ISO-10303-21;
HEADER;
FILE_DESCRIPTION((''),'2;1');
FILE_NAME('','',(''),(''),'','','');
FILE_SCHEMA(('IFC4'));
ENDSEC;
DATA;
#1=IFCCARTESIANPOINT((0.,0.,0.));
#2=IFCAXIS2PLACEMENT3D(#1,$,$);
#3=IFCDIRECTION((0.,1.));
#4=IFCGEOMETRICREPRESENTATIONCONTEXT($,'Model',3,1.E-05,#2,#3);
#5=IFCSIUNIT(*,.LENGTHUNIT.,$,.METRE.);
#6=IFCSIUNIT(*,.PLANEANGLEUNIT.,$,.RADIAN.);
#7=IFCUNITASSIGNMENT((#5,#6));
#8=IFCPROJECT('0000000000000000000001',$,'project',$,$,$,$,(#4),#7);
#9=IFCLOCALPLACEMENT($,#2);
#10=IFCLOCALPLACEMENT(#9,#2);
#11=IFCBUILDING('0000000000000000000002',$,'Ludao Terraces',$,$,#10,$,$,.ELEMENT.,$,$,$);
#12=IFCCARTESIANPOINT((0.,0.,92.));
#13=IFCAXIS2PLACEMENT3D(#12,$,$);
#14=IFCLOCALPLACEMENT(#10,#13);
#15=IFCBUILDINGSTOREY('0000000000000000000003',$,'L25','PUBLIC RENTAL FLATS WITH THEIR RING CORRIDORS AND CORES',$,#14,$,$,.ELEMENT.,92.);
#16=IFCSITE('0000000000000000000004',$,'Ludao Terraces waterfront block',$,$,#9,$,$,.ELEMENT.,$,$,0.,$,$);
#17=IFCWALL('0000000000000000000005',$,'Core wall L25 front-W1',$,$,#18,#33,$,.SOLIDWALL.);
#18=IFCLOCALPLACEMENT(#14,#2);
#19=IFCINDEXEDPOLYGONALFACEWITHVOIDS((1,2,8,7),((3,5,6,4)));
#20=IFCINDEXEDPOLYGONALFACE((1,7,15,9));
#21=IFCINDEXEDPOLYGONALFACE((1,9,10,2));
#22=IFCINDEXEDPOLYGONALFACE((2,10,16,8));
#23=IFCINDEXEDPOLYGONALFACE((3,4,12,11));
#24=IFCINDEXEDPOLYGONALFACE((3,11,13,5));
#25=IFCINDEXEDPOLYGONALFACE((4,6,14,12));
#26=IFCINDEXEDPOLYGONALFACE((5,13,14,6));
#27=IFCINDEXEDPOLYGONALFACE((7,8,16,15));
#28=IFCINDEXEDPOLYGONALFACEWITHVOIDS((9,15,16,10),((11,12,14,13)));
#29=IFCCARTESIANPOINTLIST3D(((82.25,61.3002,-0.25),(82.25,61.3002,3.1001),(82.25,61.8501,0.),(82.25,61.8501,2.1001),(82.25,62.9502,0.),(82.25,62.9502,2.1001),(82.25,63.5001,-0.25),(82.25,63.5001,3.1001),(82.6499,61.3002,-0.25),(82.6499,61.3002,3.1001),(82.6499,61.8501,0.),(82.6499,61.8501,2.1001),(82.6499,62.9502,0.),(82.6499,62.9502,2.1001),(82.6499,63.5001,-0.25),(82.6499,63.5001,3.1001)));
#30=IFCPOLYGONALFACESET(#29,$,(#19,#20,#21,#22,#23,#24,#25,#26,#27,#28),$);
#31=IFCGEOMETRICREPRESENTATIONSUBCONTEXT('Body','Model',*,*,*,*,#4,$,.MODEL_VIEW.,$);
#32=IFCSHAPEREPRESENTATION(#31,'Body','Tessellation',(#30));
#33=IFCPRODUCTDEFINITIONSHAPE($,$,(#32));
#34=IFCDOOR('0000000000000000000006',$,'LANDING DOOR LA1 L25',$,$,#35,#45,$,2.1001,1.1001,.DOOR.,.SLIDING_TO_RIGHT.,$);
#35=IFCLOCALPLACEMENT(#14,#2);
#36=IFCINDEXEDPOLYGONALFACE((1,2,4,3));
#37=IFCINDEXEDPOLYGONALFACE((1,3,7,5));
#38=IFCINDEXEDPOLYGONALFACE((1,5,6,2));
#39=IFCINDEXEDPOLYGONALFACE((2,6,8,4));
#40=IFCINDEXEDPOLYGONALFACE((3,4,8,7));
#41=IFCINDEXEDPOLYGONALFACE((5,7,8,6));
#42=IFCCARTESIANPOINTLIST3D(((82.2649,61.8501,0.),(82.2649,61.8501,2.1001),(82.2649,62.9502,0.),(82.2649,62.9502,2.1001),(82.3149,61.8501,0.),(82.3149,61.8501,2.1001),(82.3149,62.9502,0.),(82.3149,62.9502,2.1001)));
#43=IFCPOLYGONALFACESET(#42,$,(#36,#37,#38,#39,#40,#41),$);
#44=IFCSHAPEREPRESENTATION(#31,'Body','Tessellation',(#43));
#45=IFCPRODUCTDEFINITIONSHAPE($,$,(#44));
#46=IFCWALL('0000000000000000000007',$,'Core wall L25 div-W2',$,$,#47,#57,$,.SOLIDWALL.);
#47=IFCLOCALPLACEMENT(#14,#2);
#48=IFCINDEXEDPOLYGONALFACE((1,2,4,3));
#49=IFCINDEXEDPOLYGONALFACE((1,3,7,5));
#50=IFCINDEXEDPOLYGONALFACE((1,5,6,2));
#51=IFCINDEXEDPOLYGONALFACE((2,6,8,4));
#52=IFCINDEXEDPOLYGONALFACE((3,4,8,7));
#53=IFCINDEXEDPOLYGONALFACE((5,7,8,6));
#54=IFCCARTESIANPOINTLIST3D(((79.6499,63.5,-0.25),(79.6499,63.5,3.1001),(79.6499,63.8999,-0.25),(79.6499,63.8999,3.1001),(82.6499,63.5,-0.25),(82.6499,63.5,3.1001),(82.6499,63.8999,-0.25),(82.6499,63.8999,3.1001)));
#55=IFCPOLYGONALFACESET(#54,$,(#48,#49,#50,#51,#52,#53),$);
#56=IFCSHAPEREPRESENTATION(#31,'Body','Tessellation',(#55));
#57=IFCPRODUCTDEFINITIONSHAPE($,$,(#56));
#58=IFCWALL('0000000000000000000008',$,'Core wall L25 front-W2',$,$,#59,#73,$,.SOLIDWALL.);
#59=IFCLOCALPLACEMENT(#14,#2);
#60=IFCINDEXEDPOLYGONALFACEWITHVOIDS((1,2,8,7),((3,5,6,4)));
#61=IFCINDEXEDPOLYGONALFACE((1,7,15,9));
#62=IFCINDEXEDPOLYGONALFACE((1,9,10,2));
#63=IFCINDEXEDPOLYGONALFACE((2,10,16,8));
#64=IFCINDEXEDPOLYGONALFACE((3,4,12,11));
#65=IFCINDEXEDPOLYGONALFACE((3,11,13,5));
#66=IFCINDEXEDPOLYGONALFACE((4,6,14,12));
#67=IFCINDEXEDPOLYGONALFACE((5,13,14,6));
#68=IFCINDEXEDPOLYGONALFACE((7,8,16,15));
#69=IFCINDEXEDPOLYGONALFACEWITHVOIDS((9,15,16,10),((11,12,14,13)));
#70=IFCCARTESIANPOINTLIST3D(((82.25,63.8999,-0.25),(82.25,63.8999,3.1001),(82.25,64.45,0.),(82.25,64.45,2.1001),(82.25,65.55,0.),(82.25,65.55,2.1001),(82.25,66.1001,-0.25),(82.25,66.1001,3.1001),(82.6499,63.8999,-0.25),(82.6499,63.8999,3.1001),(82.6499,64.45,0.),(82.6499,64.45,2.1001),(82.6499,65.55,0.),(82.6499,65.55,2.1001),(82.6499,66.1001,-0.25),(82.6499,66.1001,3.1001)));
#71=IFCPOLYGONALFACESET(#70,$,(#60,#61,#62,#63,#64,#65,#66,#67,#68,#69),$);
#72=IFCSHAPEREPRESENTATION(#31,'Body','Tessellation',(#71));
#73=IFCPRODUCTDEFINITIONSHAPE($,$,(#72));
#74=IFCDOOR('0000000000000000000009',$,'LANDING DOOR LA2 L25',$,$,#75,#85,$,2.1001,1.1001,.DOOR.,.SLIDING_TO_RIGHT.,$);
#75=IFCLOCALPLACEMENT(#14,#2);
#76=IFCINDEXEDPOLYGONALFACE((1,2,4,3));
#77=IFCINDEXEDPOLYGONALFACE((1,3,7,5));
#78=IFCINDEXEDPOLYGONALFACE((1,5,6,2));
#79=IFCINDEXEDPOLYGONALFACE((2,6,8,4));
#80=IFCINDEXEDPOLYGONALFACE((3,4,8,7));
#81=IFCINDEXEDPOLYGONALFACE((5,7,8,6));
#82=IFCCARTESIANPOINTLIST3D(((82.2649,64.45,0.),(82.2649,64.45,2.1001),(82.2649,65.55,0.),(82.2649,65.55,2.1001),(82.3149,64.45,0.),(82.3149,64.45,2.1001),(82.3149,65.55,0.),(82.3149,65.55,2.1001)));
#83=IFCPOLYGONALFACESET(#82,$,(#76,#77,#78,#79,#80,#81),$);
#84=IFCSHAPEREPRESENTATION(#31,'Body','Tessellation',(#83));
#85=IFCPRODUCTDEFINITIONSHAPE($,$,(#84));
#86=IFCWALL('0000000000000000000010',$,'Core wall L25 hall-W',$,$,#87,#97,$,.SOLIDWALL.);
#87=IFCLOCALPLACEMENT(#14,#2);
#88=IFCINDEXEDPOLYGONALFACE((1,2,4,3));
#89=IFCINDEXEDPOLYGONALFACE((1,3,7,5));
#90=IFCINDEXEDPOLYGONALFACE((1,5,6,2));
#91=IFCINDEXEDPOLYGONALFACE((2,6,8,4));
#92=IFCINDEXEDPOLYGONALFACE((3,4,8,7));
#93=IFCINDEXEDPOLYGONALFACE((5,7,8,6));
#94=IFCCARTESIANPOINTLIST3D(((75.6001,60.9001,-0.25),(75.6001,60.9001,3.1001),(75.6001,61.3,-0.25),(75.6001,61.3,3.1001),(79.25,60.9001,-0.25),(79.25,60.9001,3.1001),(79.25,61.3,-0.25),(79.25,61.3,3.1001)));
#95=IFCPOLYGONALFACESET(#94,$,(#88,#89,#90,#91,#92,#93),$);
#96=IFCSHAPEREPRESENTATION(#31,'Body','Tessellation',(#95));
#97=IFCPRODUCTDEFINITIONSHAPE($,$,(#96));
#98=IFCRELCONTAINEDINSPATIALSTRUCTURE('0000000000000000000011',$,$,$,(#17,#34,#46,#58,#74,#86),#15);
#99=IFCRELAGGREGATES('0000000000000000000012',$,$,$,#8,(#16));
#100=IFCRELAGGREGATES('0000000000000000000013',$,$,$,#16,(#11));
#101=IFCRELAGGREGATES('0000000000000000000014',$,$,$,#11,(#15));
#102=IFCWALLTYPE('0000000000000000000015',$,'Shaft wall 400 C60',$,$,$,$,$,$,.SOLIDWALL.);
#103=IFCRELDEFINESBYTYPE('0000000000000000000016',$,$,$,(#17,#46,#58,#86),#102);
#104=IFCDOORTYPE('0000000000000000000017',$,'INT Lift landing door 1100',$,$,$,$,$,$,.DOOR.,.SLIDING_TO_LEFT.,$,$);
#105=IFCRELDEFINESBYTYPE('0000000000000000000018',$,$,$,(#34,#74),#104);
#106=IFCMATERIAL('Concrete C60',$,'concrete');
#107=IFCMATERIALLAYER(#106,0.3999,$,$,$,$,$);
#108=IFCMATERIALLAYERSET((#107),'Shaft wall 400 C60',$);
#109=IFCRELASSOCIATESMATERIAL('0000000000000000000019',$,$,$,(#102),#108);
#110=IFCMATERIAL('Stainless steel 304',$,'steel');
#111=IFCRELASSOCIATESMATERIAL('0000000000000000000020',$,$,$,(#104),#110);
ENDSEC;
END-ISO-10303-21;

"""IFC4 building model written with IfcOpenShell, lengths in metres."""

from ifc_helpers import new_model, si_unit, direction, frame, frame_2d, origin, place, context, subcontext, project, spatial, rectangle, extrude, material, layer, layer_set, type_object, element, fill, save


model = new_model("IFC4")

# Units and contexts
model_context = context("Model", 3, precision=1e-05, world=origin(), true_north=direction((0.0, 1.0)))
body_context = subcontext(model_context, "Body", "Model", "MODEL_VIEW")
ifc_project = project(units=[si_unit("LENGTHUNIT", "METRE"), si_unit("PLANEANGLEUNIT", "RADIAN")], contexts=[model_context])

# Site, building, storey
site_placement = place(None, origin())
site = spatial("IfcSite", under=ifc_project, at=site_placement, Name="Ludao Terraces waterfront block", CompositionType="ELEMENT", RefElevation=0.0)
building_placement = place(site_placement, origin())
building = spatial("IfcBuilding", under=site, at=building_placement, Name="Ludao Terraces", CompositionType="ELEMENT")
storey_placement = place(building_placement, frame((0.0, 0.0, 92.0)))
storey = spatial("IfcBuildingStorey", under=building, at=storey_placement, Name="L25", Description="PUBLIC RENTAL FLATS WITH THEIR RING CORRIDORS AND CORES", CompositionType="ELEMENT", Elevation=92.0)

# Shared definitions
ifc_material_1 = material(Name="Concrete C60", Category="concrete")
ifc_layer_1 = layer(ifc_material_1, 0.3999)
ifc_layer_set_1 = layer_set([ifc_layer_1], Name="Shaft wall 400 C60")
wall_type_1 = type_object("IfcWallType", Name="Shaft wall 400 C60", PredefinedType="SOLIDWALL", material=ifc_layer_set_1)

# Wall, opening, door
wall_1_placement = place(storey_placement, frame((82.45, 61.3, -0.25), z_axis=(0.0, 0.0, 1.0), x_axis=(0.0, 1.0, 0.0)))
wall_1 = element("IfcWall", 1, at=wall_1_placement, inside=storey, type_object=wall_type_1, Name="Core wall L25 front-W1", PredefinedType="SOLIDWALL", context=body_context, shape_type="SweptSolid", body=[
    extrude(rectangle(XDim=2.2, YDim=0.3999, at=frame_2d((1.1001, 0.0))), origin(), (0.0, 0.0, 1.0), 3.3501),
])
opening_1_placement = place(wall_1_placement, frame((0.55, 0.0, 0.25)))
opening_1 = element("IfcOpeningElement", 2, at=opening_1_placement, cuts=wall_1, PredefinedType="OPENING", context=body_context, shape_type="SweptSolid", body=[
    extrude(rectangle(XDim=1.1001, YDim=2.1001, at=frame_2d((0.55, 1.05))), frame((0.0, 0.21, 0.0), z_axis=(0.0, -1.0, 0.0), x_axis=(1.0, 0.0, 0.0)), (0.0, 0.0, 1.0), 0.4199),
])
ifc_material_2 = material(Name="Stainless steel 304", Category="steel")
door_type_1 = type_object("IfcDoorType", Name="INT Lift landing door 1100", OperationType="SLIDING_TO_LEFT", PredefinedType="DOOR", material=ifc_material_2)
door_1_placement = place(opening_1_placement, origin())
door_1 = element("IfcDoor", 3, at=door_1_placement, inside=storey, type_object=door_type_1, Name="LANDING DOOR LA1 L25", OperationType="SLIDING_TO_RIGHT", OverallHeight=2.1001, OverallWidth=1.1001, PredefinedType="DOOR", context=body_context, shape_type="SweptSolid", body=[
    extrude(rectangle(XDim=1.1001, YDim=2.1001, at=frame_2d((0.55, 1.05))), frame((0.0, 0.1851, 0.0), z_axis=(0.0, -1.0, 0.0), x_axis=(1.0, 0.0, 0.0)), (0.0, 0.0, 1.0), 0.05),
])
fill(opening_1, door_1)

# Wall
wall_2_placement = place(storey_placement, frame((79.6499, 63.7, -0.25), z_axis=(0.0, 0.0, 1.0), x_axis=(1.0, 0.0, 0.0)))
element("IfcWall", 4, at=wall_2_placement, inside=storey, type_object=wall_type_1, Name="Core wall L25 div-W2", PredefinedType="SOLIDWALL", context=body_context, shape_type="SweptSolid", body=[
    extrude(rectangle(XDim=3.0, YDim=0.3999, at=frame_2d((1.5, 0.0))), origin(), (0.0, 0.0, 1.0), 3.3501),
])

# Wall, opening, door
wall_3_placement = place(storey_placement, frame((82.45, 63.8999, -0.25), z_axis=(0.0, 0.0, 1.0), x_axis=(0.0, 1.0, 0.0)))
wall_3 = element("IfcWall", 5, at=wall_3_placement, inside=storey, type_object=wall_type_1, Name="Core wall L25 front-W2", PredefinedType="SOLIDWALL", context=body_context, shape_type="SweptSolid", body=[
    extrude(rectangle(XDim=2.2002, YDim=0.3999, at=frame_2d((1.1001, 0.0))), origin(), (0.0, 0.0, 1.0), 3.3501),
])
opening_2_placement = place(wall_3_placement, frame((0.55, 0.0, 0.25)))
opening_2 = element("IfcOpeningElement", 6, at=opening_2_placement, cuts=wall_3, PredefinedType="OPENING", context=body_context, shape_type="SweptSolid", body=[
    extrude(rectangle(XDim=1.1001, YDim=2.1001, at=frame_2d((0.55, 1.05))), frame((0.0, 0.21, 0.0), z_axis=(0.0, -1.0, 0.0), x_axis=(1.0, 0.0, 0.0)), (0.0, 0.0, 1.0), 0.4199),
])
door_2_placement = place(opening_2_placement, origin())
door_2 = element("IfcDoor", 7, at=door_2_placement, inside=storey, type_object=door_type_1, Name="LANDING DOOR LA2 L25", OperationType="SLIDING_TO_RIGHT", OverallHeight=2.1001, OverallWidth=1.1001, PredefinedType="DOOR", context=body_context, shape_type="SweptSolid", body=[
    extrude(rectangle(XDim=1.1001, YDim=2.1001, at=frame_2d((0.55, 1.05))), frame((0.0, 0.1851, 0.0), z_axis=(0.0, -1.0, 0.0), x_axis=(1.0, 0.0, 0.0)), (0.0, 0.0, 1.0), 0.05),
])
fill(opening_2, door_2)

# Wall
wall_4_placement = place(storey_placement, frame((75.6001, 61.1001, -0.25), z_axis=(0.0, 0.0, 1.0), x_axis=(1.0, 0.0, 0.0)))
element("IfcWall", 8, at=wall_4_placement, inside=storey, type_object=wall_type_1, Name="Core wall L25 hall-W", PredefinedType="SOLIDWALL", context=body_context, shape_type="SweptSolid", body=[
    extrude(rectangle(XDim=3.6499, YDim=0.3999, at=frame_2d((1.825, 0.0))), origin(), (0.0, 0.0, 1.0), 3.3501),
])

save(model, "model.ifc")
